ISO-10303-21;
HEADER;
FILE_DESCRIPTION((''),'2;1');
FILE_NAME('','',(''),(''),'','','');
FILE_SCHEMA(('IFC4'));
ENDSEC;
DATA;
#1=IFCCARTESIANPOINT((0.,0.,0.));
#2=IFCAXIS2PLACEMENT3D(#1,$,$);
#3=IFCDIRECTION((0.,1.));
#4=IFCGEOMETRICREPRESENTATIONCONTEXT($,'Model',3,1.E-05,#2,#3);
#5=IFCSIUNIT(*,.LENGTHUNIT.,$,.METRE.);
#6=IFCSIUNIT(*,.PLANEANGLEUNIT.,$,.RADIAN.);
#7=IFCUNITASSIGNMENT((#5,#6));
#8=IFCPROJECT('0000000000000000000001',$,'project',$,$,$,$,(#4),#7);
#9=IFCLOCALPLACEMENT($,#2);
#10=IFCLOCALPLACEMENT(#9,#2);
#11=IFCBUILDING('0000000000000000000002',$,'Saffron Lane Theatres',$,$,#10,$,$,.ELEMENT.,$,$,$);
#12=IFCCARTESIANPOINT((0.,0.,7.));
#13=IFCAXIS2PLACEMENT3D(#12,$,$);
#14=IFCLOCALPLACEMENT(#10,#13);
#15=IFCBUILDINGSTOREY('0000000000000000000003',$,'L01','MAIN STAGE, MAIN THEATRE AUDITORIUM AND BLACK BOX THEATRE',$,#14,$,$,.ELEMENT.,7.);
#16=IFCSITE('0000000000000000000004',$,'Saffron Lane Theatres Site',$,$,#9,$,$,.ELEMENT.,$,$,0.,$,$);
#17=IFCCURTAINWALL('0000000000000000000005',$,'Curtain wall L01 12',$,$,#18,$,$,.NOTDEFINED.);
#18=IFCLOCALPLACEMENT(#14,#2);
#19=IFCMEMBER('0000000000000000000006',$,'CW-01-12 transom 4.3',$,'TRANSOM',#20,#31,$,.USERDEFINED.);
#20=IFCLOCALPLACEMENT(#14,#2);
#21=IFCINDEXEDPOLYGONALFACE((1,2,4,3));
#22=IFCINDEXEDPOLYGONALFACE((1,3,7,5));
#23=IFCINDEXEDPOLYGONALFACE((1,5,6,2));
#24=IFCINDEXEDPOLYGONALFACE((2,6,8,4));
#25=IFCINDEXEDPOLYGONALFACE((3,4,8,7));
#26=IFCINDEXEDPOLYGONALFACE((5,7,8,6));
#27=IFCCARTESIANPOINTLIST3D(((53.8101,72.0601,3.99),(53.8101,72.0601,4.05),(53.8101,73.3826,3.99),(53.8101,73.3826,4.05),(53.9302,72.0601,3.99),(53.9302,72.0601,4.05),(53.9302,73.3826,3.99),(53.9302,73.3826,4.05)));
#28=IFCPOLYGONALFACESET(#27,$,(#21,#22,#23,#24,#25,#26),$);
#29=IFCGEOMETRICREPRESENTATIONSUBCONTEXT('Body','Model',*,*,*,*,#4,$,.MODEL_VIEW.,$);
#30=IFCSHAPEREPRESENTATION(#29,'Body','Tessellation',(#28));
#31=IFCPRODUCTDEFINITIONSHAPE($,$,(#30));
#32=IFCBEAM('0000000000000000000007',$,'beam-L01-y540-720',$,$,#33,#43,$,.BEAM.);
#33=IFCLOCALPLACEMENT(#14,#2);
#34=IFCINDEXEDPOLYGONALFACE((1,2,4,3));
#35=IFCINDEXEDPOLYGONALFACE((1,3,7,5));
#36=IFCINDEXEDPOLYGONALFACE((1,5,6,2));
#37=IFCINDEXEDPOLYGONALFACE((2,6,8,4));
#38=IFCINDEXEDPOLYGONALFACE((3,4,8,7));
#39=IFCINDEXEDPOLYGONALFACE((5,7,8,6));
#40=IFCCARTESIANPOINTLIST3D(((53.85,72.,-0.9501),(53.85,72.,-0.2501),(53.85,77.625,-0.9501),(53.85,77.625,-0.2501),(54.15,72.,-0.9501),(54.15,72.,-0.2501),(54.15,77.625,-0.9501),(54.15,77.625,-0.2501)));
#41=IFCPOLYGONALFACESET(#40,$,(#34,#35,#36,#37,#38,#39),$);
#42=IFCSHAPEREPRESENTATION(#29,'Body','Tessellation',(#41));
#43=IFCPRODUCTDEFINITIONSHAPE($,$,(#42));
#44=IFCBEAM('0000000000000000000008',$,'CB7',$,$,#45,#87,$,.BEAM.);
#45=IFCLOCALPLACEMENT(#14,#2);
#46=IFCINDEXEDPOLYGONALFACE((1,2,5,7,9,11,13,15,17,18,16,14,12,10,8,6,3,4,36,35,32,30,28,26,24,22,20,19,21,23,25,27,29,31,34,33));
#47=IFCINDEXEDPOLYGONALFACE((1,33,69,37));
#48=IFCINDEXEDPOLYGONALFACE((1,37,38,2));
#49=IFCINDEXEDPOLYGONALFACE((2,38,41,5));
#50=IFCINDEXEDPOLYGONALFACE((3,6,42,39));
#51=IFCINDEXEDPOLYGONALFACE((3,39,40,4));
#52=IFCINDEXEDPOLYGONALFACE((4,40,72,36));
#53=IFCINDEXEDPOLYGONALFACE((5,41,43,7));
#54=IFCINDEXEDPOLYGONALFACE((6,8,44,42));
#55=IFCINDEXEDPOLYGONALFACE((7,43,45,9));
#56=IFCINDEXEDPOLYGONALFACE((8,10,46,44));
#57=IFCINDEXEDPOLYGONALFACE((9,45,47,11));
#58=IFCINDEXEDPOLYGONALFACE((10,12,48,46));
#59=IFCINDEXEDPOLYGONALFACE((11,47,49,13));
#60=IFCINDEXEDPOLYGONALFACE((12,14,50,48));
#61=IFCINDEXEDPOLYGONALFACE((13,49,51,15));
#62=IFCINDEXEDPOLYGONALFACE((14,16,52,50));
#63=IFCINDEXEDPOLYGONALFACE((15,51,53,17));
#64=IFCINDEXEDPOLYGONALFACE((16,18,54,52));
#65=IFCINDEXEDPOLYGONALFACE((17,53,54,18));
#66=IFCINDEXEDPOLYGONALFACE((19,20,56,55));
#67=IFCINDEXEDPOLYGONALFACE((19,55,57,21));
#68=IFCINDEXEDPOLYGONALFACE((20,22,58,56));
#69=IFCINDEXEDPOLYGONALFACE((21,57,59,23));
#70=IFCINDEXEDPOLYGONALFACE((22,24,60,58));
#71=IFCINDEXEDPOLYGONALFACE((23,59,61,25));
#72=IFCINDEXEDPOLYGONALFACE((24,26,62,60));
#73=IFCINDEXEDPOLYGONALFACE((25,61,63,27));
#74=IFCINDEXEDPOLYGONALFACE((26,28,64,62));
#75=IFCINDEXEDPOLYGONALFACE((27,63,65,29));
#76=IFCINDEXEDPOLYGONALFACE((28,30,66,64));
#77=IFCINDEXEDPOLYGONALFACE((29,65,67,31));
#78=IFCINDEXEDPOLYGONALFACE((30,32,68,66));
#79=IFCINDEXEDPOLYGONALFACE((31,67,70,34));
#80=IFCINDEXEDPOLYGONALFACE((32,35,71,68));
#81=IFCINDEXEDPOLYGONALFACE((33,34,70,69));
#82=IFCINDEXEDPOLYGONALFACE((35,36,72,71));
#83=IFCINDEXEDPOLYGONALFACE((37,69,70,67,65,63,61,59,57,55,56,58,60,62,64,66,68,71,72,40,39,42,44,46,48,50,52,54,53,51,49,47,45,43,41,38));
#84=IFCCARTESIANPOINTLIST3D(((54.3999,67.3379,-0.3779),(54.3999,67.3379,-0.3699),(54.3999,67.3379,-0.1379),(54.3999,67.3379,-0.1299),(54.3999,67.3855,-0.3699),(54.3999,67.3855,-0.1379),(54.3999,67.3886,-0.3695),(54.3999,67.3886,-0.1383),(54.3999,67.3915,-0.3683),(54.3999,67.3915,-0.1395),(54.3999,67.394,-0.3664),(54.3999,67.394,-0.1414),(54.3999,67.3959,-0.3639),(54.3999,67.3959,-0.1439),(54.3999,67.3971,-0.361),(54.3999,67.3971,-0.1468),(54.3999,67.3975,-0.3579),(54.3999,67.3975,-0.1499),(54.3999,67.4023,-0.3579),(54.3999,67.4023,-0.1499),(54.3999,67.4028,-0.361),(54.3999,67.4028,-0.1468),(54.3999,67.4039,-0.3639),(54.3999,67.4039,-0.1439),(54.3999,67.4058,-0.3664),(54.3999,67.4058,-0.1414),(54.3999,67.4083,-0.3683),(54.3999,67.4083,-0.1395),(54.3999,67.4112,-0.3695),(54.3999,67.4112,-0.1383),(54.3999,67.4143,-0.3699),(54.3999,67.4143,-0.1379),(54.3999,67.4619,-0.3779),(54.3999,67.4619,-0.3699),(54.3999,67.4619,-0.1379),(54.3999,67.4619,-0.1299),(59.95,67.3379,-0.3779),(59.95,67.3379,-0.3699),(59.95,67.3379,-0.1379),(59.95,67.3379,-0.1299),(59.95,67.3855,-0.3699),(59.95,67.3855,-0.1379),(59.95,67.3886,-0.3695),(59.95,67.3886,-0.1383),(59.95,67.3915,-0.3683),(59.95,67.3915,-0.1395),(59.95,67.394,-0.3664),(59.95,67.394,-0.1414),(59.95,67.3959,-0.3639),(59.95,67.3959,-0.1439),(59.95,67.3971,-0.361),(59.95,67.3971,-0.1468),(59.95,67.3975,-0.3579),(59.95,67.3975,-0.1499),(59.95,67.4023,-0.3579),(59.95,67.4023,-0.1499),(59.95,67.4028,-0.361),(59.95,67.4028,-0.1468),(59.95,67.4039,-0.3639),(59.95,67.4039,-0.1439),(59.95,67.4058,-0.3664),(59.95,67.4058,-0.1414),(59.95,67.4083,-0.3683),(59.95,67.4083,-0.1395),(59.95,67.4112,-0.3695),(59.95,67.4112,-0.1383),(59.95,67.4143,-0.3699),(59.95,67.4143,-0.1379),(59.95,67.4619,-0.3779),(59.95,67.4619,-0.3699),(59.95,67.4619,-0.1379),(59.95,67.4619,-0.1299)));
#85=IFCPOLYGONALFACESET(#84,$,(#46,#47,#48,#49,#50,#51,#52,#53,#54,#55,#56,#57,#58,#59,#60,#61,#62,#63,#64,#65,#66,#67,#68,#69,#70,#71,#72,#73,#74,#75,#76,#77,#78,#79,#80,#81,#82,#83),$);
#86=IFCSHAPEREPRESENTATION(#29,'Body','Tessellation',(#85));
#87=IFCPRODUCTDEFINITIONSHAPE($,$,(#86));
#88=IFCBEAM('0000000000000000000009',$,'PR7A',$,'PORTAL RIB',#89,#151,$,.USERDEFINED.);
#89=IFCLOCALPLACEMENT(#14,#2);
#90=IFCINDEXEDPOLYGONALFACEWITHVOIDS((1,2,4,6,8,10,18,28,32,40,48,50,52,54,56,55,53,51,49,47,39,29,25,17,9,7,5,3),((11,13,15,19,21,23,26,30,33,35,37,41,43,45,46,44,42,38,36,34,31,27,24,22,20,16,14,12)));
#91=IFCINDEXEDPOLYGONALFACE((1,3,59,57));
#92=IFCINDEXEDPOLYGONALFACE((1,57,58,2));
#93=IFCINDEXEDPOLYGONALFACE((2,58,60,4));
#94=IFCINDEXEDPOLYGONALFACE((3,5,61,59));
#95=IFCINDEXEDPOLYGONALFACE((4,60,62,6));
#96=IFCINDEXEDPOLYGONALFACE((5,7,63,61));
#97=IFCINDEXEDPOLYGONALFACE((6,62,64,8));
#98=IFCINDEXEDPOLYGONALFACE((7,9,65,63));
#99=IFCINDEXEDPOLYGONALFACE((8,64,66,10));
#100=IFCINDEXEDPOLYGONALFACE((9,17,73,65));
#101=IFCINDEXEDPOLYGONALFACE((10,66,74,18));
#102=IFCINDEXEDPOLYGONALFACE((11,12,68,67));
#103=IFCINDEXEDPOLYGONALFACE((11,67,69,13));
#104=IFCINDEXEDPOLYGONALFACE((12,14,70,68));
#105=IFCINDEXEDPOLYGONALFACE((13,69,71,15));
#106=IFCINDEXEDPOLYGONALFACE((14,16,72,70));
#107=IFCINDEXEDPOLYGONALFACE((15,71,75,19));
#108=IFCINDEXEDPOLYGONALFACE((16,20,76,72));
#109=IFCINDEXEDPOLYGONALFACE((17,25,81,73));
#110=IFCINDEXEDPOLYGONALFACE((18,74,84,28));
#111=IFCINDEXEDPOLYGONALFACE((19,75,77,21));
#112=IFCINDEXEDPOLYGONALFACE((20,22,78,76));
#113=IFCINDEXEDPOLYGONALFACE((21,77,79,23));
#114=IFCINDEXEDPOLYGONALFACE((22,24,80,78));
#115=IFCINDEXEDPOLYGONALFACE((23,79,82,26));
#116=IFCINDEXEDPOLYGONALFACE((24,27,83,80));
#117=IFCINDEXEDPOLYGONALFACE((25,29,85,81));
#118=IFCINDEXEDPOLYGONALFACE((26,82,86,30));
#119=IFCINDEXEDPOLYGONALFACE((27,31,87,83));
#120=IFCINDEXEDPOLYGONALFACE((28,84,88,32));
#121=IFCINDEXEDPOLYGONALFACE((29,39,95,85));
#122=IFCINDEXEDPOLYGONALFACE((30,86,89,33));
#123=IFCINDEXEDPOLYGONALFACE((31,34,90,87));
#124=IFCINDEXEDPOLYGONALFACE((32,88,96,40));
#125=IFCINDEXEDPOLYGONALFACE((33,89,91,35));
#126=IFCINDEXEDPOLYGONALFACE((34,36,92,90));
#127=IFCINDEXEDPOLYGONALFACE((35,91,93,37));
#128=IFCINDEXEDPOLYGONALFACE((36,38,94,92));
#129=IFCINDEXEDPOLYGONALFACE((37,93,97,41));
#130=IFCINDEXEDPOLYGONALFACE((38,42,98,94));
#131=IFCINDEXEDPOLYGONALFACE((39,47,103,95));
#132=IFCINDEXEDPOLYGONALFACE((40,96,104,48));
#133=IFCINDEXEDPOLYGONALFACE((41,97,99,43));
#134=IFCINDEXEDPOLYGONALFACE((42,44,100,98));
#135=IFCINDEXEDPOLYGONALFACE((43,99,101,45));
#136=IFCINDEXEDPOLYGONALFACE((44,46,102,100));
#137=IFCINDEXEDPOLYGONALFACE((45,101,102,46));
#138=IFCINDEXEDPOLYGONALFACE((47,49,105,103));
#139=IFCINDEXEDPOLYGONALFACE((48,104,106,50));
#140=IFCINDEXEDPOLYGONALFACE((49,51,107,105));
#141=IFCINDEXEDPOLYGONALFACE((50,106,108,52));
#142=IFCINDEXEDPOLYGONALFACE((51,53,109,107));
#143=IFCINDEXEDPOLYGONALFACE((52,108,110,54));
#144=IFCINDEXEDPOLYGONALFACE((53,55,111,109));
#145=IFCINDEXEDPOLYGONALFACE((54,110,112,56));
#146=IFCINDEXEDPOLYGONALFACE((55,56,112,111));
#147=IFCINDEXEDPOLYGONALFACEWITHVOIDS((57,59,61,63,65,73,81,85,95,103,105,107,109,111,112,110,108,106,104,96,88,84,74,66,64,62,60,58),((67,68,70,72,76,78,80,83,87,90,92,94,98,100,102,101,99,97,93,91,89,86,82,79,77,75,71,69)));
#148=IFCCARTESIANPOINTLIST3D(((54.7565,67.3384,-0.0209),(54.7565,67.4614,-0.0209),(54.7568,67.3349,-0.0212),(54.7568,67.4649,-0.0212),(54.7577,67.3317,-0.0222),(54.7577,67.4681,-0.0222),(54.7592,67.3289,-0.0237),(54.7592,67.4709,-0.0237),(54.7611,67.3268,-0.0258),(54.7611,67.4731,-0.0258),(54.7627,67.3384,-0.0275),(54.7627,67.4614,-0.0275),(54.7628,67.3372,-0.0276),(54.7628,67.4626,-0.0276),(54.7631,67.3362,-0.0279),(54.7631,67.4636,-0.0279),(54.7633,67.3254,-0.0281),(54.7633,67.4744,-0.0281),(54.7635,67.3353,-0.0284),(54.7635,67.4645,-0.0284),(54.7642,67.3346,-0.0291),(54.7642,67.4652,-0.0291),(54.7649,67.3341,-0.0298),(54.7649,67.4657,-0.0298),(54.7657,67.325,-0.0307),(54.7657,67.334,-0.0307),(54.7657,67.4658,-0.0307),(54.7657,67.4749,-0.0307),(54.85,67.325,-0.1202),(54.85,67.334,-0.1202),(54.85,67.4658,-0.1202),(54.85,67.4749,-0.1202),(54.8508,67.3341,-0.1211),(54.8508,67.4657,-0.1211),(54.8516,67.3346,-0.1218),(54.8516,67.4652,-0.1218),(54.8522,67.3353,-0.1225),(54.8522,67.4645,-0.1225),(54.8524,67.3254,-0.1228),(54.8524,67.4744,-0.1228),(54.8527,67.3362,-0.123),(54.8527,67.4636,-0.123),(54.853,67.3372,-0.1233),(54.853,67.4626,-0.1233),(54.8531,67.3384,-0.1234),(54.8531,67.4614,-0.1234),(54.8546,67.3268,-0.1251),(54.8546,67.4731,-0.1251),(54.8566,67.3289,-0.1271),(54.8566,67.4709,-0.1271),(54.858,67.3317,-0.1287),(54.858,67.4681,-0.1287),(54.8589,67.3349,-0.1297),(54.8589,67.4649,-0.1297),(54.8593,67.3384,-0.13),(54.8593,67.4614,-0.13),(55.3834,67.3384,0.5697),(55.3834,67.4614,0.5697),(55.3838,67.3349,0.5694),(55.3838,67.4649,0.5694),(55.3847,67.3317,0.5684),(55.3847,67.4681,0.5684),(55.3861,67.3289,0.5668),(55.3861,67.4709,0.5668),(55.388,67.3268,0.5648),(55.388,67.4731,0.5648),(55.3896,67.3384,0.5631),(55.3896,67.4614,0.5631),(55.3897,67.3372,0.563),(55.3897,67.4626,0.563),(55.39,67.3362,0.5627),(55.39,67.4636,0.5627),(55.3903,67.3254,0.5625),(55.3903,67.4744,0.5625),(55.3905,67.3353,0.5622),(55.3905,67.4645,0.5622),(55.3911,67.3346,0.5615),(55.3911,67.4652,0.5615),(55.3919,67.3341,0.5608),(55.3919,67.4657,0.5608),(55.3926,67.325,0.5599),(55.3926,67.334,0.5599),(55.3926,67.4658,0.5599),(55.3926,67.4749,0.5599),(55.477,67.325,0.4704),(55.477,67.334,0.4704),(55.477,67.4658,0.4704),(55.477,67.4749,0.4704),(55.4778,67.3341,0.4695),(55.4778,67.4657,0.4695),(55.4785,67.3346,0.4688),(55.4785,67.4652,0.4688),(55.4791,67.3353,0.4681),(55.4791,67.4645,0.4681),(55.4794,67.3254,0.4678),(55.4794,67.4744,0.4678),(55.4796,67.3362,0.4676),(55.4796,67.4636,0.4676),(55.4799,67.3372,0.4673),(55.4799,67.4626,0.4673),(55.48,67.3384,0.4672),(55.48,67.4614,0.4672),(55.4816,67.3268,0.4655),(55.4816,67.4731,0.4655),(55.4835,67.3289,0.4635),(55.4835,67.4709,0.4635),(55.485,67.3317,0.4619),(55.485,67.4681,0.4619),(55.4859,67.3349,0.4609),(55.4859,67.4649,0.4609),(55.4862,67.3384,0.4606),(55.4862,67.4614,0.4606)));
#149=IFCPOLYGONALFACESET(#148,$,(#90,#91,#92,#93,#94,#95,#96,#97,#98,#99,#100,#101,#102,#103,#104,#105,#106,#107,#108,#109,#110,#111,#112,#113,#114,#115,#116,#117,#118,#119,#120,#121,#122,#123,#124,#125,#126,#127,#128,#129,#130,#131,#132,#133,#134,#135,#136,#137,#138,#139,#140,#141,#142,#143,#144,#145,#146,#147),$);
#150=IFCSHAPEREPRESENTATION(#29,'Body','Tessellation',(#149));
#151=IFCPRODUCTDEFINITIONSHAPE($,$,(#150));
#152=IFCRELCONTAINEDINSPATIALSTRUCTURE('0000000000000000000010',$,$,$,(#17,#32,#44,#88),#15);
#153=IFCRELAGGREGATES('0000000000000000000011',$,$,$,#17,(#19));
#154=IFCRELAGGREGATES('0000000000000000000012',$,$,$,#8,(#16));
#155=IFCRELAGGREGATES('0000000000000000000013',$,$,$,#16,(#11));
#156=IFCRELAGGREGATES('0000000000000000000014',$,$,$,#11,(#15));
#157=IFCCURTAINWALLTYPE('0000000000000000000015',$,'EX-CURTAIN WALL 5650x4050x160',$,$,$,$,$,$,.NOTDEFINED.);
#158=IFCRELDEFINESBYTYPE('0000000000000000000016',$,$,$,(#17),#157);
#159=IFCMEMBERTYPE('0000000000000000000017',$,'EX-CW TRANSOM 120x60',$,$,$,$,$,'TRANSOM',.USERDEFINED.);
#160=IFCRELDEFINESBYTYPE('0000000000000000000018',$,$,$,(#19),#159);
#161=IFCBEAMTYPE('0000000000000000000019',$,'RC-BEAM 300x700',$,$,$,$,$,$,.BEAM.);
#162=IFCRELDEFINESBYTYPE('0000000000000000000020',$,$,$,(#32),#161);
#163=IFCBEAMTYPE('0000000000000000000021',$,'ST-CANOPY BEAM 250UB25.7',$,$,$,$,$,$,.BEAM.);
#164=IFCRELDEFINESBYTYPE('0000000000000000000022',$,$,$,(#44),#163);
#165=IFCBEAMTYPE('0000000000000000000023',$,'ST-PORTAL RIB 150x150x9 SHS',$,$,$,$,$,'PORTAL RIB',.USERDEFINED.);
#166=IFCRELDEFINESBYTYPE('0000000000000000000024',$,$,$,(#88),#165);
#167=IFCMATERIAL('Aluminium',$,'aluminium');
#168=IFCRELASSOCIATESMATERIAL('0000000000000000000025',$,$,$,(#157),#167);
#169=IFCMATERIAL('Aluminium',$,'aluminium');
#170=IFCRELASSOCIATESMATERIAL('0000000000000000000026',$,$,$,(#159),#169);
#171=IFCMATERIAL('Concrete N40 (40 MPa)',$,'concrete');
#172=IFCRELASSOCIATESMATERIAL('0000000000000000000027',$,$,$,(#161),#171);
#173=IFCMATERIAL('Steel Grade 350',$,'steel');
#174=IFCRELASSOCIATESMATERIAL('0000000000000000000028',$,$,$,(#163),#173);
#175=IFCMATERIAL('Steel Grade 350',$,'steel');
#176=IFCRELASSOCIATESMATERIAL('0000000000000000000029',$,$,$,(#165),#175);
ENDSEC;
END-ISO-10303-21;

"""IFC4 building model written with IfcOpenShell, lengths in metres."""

from ifc_helpers import new_model, si_unit, direction, frame, origin, origin_2d, place, context, subcontext, project, spatial, rectangle, hollow_rectangle, i_section, extrude, material, material_profile, profile_set, type_object, element, aggregate, save


model = new_model("IFC4")

# Units and contexts
model_context = context("Model", 3, precision=1e-05, world=origin(), true_north=direction((0.0, 1.0)))
body_context = subcontext(model_context, "Body", "Model", "MODEL_VIEW")
ifc_project = project(units=[si_unit("LENGTHUNIT", "METRE"), si_unit("PLANEANGLEUNIT", "RADIAN")], contexts=[model_context])

# Site, building, storey
site_placement = place(None, origin())
site = spatial("IfcSite", under=ifc_project, at=site_placement, Name="Saffron Lane Theatres Site", CompositionType="ELEMENT", RefElevation=0.0)
building_placement = place(site_placement, origin())
building = spatial("IfcBuilding", under=site, at=building_placement, Name="Saffron Lane Theatres", CompositionType="ELEMENT")
storey_placement = place(building_placement, frame((0.0, 0.0, 7.0)))
storey = spatial("IfcBuildingStorey", under=building, at=storey_placement, Name="L01", Description="MAIN STAGE, MAIN THEATRE AUDITORIUM AND BLACK BOX THEATRE", CompositionType="ELEMENT", Elevation=7.0)

# Curtain wall, member
ifc_material_1 = material(Name="Aluminium", Category="aluminium")
curtain_wall_type = type_object("IfcCurtainWallType", Name="EX-CURTAIN WALL 5650x4050x160", PredefinedType="NOTDEFINED", material=ifc_material_1)
curtain_wall_placement = place(storey_placement, origin())
curtain_wall = element("IfcCurtainWall", 1, at=curtain_wall_placement, inside=storey, type_object=curtain_wall_type, Name="Curtain wall L01 12", PredefinedType="NOTDEFINED")
ifc_material_2 = material(Name="Aluminium", Category="aluminium")
ifc_material_profile_1 = material_profile(ifc_material_2, rectangle(XDim=0.1201, YDim=0.0601, at=origin_2d()))
ifc_profile_set_1 = profile_set([ifc_material_profile_1], Name="Aluminium")
member_type_1 = type_object("IfcMemberType", Name="EX-CW TRANSOM 120x60", ElementType="TRANSOM", PredefinedType="USERDEFINED", material=ifc_profile_set_1)
member_1_placement = place(storey_placement, frame((53.8701, 73.3826, 4.02), z_axis=(0.0, -1.0, 0.0), x_axis=(1.0, 0.0, 0.0)))
member_1 = element("IfcMember", 2, at=member_1_placement, type_object=member_type_1, Name="CW-01-12 transom 4.3", ObjectType="TRANSOM", PredefinedType="USERDEFINED", context=body_context, shape_type="SweptSolid", body=[
    extrude(rectangle(XDim=0.1201, YDim=0.0601, at=origin_2d()), origin(), (0.0, 0.0, 1.0), 1.3225),
])
aggregate(curtain_wall, [member_1])

# Beams
ifc_material_3 = material(Name="Concrete N40 (40 MPa)", Category="concrete")
ifc_material_profile_2 = material_profile(ifc_material_3, rectangle(XDim=0.3, YDim=0.7, at=origin_2d()))
ifc_profile_set_2 = profile_set([ifc_material_profile_2], Name="Concrete N40 (40 MPa)")
beam_type_1 = type_object("IfcBeamType", Name="RC-BEAM 300x700", PredefinedType="BEAM", material=ifc_profile_set_2)
beam_1_placement = place(storey_placement, frame((54.0, 72.0, -0.6001), z_axis=(0.0, 1.0, 0.0), x_axis=(-1.0, 0.0, 0.0)))
element("IfcBeam", 3, at=beam_1_placement, inside=storey, type_object=beam_type_1, Name="beam-L01-y540-720", PredefinedType="BEAM", context=body_context, shape_type="SweptSolid", body=[
    extrude(rectangle(XDim=0.3, YDim=0.7, at=origin_2d()), origin(), (0.0, 0.0, 1.0), 5.625),
])
ifc_material_4 = material(Name="Steel Grade 350", Category="steel")
ifc_material_profile_3 = material_profile(ifc_material_4, i_section(OverallWidth=0.124, OverallDepth=0.248, WebThickness=0.0049, FlangeThickness=0.0081, FilletRadius=0.012, at=origin_2d()))
ifc_profile_set_3 = profile_set([ifc_material_profile_3], Name="Steel Grade 350")
beam_type_2 = type_object("IfcBeamType", Name="ST-CANOPY BEAM 250UB25.7", PredefinedType="BEAM", material=ifc_profile_set_3)
beam_2_placement = place(storey_placement, frame((54.3999, 67.3999, -0.2539), z_axis=(1.0, 0.0, 0.0), x_axis=(0.0, 1.0, 0.0)))
element("IfcBeam", 4, at=beam_2_placement, inside=storey, type_object=beam_type_2, Name="CB7", PredefinedType="BEAM", context=body_context, shape_type="SweptSolid", body=[
    extrude(i_section(OverallWidth=0.124, OverallDepth=0.248, WebThickness=0.0049, FlangeThickness=0.0081, FilletRadius=0.012, at=origin_2d()), origin(), (0.0, 0.0, 1.0), 5.55),
])
ifc_material_5 = material(Name="Steel Grade 350", Category="steel")
ifc_material_profile_4 = material_profile(ifc_material_5, hollow_rectangle(XDim=0.1499, YDim=0.1499, WallThickness=0.009, InnerFilletRadius=0.0044, OuterFilletRadius=0.0134, at=origin_2d()))
ifc_profile_set_4 = profile_set([ifc_material_profile_4], Name="Steel Grade 350")
beam_type_3 = type_object("IfcBeamType", Name="ST-PORTAL RIB 150x150x9 SHS", ElementType="PORTAL RIB", PredefinedType="USERDEFINED", material=ifc_profile_set_4)
beam_3_placement = place(storey_placement, frame((54.8079, 67.3999, -0.0754), z_axis=(0.727909, 0.0, 0.685674), x_axis=(0.0, 1.0, 0.0)))
element("IfcBeam", 5, at=beam_3_placement, inside=storey, type_object=beam_type_3, Name="PR7A", ObjectType="PORTAL RIB", PredefinedType="USERDEFINED", context=body_context, shape_type="SweptSolid", body=[
    extrude(hollow_rectangle(XDim=0.1499, YDim=0.1499, WallThickness=0.009, InnerFilletRadius=0.0044, OuterFilletRadius=0.0134, at=origin_2d()), origin(), (0.0, 0.0, 1.0), 0.8613),
])

save(model, "model.ifc")
